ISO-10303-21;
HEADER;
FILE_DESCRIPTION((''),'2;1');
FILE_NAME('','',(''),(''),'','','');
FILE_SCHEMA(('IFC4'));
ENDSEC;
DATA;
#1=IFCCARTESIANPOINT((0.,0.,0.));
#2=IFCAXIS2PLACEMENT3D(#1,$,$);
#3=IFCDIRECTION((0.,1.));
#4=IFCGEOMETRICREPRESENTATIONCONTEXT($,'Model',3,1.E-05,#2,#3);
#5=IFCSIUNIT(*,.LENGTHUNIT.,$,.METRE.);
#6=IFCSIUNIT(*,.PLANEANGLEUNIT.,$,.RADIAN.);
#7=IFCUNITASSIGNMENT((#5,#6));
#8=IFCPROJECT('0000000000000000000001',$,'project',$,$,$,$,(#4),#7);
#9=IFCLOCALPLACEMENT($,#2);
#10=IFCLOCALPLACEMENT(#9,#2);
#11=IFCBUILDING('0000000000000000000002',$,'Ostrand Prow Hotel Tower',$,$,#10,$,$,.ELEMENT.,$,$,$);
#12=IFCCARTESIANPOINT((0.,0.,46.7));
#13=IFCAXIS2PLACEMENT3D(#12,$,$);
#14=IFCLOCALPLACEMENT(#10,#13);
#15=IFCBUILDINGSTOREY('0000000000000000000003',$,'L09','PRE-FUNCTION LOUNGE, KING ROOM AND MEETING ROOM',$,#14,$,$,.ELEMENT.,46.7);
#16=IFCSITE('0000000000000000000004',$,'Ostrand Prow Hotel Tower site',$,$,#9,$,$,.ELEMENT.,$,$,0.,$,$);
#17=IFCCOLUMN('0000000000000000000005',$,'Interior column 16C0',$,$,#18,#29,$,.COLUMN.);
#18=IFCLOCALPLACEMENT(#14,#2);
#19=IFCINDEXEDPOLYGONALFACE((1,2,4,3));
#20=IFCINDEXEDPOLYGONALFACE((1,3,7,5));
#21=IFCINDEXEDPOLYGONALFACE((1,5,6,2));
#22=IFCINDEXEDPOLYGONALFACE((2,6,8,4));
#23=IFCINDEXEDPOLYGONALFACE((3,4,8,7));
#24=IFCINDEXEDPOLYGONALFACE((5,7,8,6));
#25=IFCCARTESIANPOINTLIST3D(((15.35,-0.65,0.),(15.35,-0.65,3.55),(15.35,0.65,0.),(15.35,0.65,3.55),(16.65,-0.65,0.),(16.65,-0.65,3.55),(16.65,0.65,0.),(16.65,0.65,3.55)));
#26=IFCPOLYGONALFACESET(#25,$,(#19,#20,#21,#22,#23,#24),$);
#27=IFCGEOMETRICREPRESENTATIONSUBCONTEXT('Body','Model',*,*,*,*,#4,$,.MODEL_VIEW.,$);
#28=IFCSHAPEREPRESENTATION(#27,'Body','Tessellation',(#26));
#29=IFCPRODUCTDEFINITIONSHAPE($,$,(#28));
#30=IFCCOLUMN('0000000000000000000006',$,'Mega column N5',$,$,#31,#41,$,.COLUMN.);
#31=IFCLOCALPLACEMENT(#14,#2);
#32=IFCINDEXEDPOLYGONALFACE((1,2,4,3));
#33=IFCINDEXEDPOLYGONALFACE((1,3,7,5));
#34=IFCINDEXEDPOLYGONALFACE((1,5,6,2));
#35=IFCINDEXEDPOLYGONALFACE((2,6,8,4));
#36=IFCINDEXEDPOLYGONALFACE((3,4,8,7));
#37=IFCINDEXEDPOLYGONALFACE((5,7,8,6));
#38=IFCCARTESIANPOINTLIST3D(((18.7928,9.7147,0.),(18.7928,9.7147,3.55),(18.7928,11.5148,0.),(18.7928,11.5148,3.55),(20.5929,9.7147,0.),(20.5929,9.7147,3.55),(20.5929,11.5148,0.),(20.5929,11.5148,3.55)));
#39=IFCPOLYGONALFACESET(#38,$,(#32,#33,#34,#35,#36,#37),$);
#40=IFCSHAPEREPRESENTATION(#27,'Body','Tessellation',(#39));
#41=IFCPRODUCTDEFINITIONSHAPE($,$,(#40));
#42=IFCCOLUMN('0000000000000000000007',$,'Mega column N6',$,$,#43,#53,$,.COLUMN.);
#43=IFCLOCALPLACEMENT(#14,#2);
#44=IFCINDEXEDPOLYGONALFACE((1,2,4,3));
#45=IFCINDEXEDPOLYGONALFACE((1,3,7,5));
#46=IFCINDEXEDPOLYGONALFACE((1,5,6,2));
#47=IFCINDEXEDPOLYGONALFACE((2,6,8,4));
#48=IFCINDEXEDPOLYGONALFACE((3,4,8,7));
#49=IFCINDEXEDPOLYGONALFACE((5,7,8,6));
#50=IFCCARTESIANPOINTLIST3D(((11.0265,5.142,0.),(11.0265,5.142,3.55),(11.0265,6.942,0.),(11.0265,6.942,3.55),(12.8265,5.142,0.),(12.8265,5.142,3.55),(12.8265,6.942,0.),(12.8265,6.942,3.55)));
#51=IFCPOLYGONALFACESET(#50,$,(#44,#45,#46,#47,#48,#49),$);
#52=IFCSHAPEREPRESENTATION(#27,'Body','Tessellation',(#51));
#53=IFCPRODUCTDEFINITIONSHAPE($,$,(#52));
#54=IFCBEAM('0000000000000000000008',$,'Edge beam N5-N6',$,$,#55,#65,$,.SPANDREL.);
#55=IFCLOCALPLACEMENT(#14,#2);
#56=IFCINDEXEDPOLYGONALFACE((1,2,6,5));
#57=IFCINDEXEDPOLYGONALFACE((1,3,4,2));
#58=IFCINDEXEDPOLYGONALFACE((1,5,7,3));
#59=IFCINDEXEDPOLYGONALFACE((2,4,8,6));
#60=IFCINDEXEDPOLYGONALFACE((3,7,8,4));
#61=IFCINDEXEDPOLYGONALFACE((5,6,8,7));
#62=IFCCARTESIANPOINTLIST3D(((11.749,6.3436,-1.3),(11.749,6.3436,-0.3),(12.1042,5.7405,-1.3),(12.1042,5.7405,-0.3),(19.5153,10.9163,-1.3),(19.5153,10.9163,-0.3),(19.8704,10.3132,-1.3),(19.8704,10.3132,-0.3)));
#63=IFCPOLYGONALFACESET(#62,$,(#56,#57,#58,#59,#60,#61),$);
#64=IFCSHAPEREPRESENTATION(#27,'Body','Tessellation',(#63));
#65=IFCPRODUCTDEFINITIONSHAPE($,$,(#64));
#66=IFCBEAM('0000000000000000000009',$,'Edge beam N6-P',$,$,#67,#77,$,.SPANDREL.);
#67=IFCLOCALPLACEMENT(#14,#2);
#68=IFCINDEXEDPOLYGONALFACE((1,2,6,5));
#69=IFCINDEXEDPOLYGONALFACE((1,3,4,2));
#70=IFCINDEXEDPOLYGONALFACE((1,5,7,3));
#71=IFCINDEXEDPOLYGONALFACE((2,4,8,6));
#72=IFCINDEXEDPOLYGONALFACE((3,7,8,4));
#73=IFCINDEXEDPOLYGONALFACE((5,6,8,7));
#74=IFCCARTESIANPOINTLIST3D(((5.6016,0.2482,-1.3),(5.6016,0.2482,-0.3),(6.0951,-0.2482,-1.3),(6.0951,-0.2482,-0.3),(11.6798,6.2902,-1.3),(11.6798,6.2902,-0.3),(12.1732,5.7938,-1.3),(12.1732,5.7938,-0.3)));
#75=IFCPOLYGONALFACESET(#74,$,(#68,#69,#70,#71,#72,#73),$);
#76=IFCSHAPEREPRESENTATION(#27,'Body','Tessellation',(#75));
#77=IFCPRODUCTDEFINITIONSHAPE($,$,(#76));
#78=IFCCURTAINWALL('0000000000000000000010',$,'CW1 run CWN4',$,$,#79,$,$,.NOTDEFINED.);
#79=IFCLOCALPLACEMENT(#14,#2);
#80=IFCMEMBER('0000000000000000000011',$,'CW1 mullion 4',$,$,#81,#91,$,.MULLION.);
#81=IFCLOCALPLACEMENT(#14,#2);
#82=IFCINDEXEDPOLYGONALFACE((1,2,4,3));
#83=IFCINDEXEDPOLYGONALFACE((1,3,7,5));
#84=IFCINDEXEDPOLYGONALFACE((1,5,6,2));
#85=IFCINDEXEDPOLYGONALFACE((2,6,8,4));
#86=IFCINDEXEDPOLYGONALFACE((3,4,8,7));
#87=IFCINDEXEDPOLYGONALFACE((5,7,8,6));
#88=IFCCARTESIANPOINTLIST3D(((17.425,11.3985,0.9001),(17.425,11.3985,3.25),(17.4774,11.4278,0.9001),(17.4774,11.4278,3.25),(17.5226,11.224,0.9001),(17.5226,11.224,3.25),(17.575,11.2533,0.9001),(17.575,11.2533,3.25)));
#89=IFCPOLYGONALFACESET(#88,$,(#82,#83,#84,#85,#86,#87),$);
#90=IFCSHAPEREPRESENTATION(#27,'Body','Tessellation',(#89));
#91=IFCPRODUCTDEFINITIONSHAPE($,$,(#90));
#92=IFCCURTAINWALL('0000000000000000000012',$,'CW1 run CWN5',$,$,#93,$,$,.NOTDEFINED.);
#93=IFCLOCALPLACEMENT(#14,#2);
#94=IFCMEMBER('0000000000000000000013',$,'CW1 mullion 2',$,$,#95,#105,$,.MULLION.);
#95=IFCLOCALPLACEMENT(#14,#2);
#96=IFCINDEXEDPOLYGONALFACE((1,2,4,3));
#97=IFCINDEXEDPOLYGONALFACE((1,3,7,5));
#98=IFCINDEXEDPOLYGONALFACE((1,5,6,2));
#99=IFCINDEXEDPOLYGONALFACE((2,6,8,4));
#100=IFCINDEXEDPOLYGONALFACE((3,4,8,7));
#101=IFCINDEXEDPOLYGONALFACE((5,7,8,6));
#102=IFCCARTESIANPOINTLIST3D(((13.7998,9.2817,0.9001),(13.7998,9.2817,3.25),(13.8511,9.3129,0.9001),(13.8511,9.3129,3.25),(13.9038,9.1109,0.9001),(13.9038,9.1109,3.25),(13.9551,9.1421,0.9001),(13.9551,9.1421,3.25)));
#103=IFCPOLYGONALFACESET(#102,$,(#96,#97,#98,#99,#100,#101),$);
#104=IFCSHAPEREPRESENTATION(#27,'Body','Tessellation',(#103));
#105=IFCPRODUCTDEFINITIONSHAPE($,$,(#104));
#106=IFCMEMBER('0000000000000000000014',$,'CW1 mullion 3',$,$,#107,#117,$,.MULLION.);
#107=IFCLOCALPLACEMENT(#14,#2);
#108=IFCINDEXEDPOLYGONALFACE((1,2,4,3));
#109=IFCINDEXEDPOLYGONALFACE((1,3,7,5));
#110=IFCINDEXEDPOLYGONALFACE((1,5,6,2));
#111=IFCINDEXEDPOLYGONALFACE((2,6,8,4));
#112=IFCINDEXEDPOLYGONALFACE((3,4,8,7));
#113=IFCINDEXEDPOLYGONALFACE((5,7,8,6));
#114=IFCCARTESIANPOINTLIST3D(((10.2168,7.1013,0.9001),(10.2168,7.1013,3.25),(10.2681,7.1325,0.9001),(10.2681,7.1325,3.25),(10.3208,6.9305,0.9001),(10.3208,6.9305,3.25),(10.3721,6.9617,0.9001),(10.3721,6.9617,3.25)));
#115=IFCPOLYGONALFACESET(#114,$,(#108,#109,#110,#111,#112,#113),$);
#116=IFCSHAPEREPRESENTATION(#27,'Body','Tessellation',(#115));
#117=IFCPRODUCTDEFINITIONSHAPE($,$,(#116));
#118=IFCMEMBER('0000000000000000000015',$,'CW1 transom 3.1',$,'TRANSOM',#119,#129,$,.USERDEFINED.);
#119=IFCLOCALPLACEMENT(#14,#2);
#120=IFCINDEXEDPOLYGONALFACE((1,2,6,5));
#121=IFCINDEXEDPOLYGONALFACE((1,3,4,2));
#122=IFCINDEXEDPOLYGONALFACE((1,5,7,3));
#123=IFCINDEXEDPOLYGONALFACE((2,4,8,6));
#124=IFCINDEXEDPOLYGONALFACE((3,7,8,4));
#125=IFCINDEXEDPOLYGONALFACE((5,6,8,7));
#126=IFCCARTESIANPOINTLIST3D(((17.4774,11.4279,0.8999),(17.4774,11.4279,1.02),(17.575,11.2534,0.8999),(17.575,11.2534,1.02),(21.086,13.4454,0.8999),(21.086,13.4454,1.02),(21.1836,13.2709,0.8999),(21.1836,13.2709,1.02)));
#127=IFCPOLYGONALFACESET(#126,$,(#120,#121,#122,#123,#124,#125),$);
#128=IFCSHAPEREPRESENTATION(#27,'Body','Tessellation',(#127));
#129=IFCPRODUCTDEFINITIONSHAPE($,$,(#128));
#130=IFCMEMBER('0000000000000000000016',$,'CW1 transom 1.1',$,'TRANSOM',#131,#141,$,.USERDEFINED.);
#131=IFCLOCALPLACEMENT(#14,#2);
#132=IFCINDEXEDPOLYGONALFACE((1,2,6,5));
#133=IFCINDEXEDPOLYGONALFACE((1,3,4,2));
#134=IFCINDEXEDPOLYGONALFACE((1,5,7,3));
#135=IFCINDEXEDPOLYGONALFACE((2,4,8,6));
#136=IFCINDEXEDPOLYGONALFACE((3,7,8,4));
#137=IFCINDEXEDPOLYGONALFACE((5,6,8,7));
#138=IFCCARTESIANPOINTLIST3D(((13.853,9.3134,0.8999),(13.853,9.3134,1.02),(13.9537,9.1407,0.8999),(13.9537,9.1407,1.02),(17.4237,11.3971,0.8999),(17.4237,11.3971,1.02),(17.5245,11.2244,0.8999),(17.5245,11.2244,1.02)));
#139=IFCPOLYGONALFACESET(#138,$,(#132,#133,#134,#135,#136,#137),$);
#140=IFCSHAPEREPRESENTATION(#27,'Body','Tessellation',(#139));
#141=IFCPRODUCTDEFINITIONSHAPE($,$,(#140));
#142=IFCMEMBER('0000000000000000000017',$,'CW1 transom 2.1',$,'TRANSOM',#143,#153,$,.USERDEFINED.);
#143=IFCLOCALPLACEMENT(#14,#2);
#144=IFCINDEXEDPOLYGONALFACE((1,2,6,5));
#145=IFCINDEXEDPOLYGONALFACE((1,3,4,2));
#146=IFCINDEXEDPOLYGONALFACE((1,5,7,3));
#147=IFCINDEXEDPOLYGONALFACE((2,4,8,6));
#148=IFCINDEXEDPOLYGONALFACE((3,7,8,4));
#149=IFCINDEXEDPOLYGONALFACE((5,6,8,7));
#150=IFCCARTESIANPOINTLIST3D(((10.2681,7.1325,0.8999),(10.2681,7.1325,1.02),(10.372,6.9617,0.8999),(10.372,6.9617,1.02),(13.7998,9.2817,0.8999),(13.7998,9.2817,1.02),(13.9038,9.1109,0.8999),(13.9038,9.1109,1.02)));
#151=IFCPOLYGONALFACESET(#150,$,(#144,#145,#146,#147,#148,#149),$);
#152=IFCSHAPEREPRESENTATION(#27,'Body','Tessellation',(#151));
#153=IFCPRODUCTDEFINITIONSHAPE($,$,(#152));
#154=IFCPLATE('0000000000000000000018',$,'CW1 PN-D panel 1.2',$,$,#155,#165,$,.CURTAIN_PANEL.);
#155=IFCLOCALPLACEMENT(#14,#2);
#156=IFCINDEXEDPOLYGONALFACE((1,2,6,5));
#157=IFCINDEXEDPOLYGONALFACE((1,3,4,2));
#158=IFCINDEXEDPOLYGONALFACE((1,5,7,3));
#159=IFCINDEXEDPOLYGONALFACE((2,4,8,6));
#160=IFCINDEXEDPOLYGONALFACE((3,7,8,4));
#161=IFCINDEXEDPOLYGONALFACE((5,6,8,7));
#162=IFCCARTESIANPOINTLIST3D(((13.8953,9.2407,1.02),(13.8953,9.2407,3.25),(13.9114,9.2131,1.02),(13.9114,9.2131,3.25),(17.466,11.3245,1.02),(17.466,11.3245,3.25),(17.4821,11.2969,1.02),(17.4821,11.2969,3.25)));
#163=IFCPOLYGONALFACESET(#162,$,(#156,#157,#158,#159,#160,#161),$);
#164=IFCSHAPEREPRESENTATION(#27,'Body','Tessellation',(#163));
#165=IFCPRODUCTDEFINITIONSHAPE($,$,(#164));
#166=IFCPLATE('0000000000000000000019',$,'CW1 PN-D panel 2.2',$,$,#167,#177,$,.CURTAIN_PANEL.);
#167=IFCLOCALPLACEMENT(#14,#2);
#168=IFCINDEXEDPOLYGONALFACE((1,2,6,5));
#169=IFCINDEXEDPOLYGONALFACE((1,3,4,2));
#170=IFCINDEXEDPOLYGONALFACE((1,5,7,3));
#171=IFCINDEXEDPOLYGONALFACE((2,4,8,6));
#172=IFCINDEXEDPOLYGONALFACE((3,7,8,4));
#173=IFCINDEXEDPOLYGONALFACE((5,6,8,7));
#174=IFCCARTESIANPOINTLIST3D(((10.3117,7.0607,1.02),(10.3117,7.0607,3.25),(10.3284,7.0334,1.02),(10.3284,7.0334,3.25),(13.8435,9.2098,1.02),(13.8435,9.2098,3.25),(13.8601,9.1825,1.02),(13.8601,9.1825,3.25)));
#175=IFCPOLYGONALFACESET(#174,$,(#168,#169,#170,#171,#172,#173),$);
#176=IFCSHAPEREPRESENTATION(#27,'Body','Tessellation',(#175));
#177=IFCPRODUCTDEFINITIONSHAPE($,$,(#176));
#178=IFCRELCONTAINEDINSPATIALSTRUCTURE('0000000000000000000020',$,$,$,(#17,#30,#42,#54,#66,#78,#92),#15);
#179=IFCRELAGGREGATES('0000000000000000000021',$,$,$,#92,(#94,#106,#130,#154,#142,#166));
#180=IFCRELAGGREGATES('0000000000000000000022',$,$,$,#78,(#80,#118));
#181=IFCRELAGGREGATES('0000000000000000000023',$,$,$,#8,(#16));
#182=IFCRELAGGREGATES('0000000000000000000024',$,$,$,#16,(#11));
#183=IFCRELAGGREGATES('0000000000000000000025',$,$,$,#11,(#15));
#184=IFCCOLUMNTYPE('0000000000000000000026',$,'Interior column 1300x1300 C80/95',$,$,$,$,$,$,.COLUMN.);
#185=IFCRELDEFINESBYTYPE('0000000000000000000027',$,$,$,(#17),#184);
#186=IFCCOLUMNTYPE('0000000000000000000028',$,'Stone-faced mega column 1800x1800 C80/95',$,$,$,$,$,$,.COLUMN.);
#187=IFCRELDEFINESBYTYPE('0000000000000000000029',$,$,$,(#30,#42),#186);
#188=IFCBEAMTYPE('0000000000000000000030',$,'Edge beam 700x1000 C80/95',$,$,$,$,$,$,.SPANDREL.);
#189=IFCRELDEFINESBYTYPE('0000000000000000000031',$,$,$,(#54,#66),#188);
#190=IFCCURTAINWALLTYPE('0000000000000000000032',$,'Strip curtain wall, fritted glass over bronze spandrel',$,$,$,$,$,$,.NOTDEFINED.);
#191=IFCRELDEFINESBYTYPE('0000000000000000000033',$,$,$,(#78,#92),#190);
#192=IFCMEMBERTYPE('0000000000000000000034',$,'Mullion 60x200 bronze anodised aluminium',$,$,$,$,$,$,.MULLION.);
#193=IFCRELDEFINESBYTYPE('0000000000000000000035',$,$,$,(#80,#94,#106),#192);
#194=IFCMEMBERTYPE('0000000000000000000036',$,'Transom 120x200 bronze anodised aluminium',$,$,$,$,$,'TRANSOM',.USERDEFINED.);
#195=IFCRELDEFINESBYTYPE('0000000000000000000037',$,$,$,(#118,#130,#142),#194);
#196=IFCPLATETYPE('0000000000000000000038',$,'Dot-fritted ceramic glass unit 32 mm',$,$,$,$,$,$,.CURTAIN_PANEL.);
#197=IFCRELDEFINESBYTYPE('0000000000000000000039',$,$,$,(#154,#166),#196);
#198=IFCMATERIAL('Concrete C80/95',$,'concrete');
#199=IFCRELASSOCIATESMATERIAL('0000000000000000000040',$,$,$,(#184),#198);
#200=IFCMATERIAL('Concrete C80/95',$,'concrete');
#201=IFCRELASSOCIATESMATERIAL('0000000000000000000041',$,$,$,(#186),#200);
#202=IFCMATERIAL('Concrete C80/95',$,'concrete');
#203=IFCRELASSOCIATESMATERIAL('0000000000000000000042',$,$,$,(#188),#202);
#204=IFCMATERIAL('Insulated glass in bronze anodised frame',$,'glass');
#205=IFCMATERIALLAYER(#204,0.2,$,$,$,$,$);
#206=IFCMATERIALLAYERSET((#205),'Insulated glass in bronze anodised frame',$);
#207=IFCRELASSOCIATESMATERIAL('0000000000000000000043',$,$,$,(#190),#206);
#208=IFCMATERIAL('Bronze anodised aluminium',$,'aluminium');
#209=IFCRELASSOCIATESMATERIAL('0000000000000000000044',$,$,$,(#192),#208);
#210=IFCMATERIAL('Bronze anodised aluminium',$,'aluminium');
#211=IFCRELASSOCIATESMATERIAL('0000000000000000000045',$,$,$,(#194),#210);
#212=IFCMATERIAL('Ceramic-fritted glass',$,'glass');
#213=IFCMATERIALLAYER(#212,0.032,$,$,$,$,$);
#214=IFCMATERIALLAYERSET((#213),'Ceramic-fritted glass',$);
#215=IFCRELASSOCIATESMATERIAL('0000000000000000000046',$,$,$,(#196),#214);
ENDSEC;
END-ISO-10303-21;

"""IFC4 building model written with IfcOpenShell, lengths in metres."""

from ifc_helpers import new_model, si_unit, direction, frame, origin, origin_2d, place, context, subcontext, project, spatial, rectangle, extrude, material, layer, layer_set, material_profile, profile_set, type_object, element, aggregate, save


model = new_model("IFC4")

# Units and contexts
model_context = context("Model", 3, precision=1e-05, world=origin(), true_north=direction((0.0, 1.0)))
body_context = subcontext(model_context, "Body", "Model", "MODEL_VIEW")
ifc_project = project(units=[si_unit("LENGTHUNIT", "METRE"), si_unit("PLANEANGLEUNIT", "RADIAN")], contexts=[model_context])

# Site, building, storey
site_placement = place(None, origin())
site = spatial("IfcSite", under=ifc_project, at=site_placement, Name="Ostrand Prow Hotel Tower site", CompositionType="ELEMENT", RefElevation=0.0)
building_placement = place(site_placement, origin())
building = spatial("IfcBuilding", under=site, at=building_placement, Name="Ostrand Prow Hotel Tower", CompositionType="ELEMENT")
storey_placement = place(building_placement, frame((0.0, 0.0, 46.7)))
storey = spatial("IfcBuildingStorey", under=building, at=storey_placement, Name="L09", Description="PRE-FUNCTION LOUNGE, KING ROOM AND MEETING ROOM", CompositionType="ELEMENT", Elevation=46.7)

# Columns
ifc_material_1 = material(Name="Concrete C80/95", Category="concrete")
ifc_material_profile_1 = material_profile(ifc_material_1, rectangle(XDim=1.3, YDim=1.3, at=origin_2d()), Name="RC 1300x1300")
ifc_profile_set_1 = profile_set([ifc_material_profile_1], Name="Concrete C80/95")
column_type_1 = type_object("IfcColumnType", Name="Interior column 1300x1300 C80/95", PredefinedType="COLUMN", material=ifc_profile_set_1)
column_placement = place(storey_placement, frame((16.0, 0.0, 0.0), z_axis=(0.0, 0.0, 1.0), x_axis=(1.0, 0.0, 0.0)))
element("IfcColumn", 1, at=column_placement, inside=storey, type_object=column_type_1, Name="Interior column 16C0", PredefinedType="COLUMN", context=body_context, shape_type="SweptSolid", body=[
    extrude(rectangle(XDim=1.3, YDim=1.3, at=origin_2d()), origin(), (0.0, 0.0, 1.0), 3.55),
])
ifc_material_2 = material(Name="Concrete C80/95", Category="concrete")
ifc_material_profile_2 = material_profile(ifc_material_2, rectangle(XDim=1.8, YDim=1.8, at=origin_2d()), Name="RC 1800x1800")
ifc_profile_set_2 = profile_set([ifc_material_profile_2], Name="Concrete C80/95")
column_type_2 = type_object("IfcColumnType", Name="Stone-faced mega column 1800x1800 C80/95", PredefinedType="COLUMN", material=ifc_profile_set_2)
for number, where, z_axis, x_axis, name in (
    (2, (19.6929, 10.6147, 0.0), (0.0, 0.0, 1.0), (1.0, 0.0, 0.0), "Mega column N5"),
    (3, (11.9265, 6.042, 0.0), (0.0, 0.0, 1.0), (1.0, 0.0, 0.0), "Mega column N6"),
):
    element("IfcColumn", number, at=place(storey_placement, frame(where, z_axis=z_axis, x_axis=x_axis)), inside=storey, type_object=column_type_2, Name=name, PredefinedType="COLUMN", context=body_context, shape_type="SweptSolid", body=[
        extrude(rectangle(XDim=1.8, YDim=1.8, at=origin_2d()), origin(), (0.0, 0.0, 1.0), 3.55),
    ])

# Beams
ifc_material_3 = material(Name="Concrete C80/95", Category="concrete")
ifc_material_profile_3 = material_profile(ifc_material_3, rectangle(XDim=0.7, YDim=1.0, at=origin_2d()), Name="RC 700x1000")
ifc_profile_set_3 = profile_set([ifc_material_profile_3], Name="Concrete C80/95")
beam_type = type_object("IfcBeamType", Name="Edge beam 700x1000 C80/95", PredefinedType="SPANDREL", material=ifc_profile_set_3)
beam_1_placement = place(storey_placement, frame((19.6929, 10.6147, -0.8), z_axis=(-0.861725, -0.507375, 0.0), x_axis=(0.507375, -0.861725, 0.0)))
element("IfcBeam", 4, at=beam_1_placement, inside=storey, type_object=beam_type, Name="Edge beam N5-N6", PredefinedType="SPANDREL", context=body_context, shape_type="SweptSolid", body=[
    extrude(rectangle(XDim=0.7, YDim=1.0, at=origin_2d()), origin(), (0.0, 0.0, 1.0), 9.0125),
])
beam_2_placement = place(storey_placement, frame((11.9265, 6.042, -0.8), z_axis=(-0.709212, -0.704996, 0.0), x_axis=(0.704996, -0.709212, 0.0)))
element("IfcBeam", 5, at=beam_2_placement, inside=storey, type_object=beam_type, Name="Edge beam N6-P", PredefinedType="SPANDREL", context=body_context, shape_type="SweptSolid", body=[
    extrude(rectangle(XDim=0.7, YDim=1.0, at=origin_2d()), origin(), (0.0, 0.0, 1.0), 8.5703),
])

# Curtain wall, member
ifc_material_4 = material(Name="Insulated glass in bronze anodised frame", Category="glass")
ifc_layer_1 = layer(ifc_material_4, 0.2)
ifc_layer_set_1 = layer_set([ifc_layer_1], Name="Insulated glass in bronze anodised frame")
curtain_wall_type = type_object("IfcCurtainWallType", Name="Strip curtain wall, fritted glass over bronze spandrel", PredefinedType="NOTDEFINED", material=ifc_layer_set_1)
curtain_wall_1_placement = place(storey_placement, origin())
curtain_wall_1 = element("IfcCurtainWall", 6, at=curtain_wall_1_placement, inside=storey, type_object=curtain_wall_type, Name="CW1 run CWN4", PredefinedType="NOTDEFINED")
ifc_material_5 = material(Name="Bronze anodised aluminium", Category="aluminium")
ifc_material_profile_4 = material_profile(ifc_material_5, rectangle(XDim=0.2, YDim=0.0601, at=origin_2d()), Name="Mullion 60x200 bronze anodised aluminium")
ifc_profile_set_4 = profile_set([ifc_material_profile_4], Name="Bronze anodised aluminium")
member_type_1 = type_object("IfcMemberType", Name="Mullion 60x200 bronze anodised aluminium", PredefinedType="MULLION", material=ifc_profile_set_4)
member_1_placement = place(storey_placement, frame((17.5, 11.3259, 0.9001), z_axis=(0.0, 0.0, 1.0), x_axis=(0.488044, -0.872819, 0.0)))
member_1 = element("IfcMember", 7, at=member_1_placement, type_object=member_type_1, Name="CW1 mullion 4", PredefinedType="MULLION", context=body_context, shape_type="SweptSolid", body=[
    extrude(rectangle(XDim=0.2, YDim=0.0601, at=origin_2d()), origin(), (0.0, 0.0, 1.0), 2.3499),
])

# Curtain wall, members
curtain_wall_2_placement = place(storey_placement, origin())
curtain_wall_2 = element("IfcCurtainWall", 8, at=curtain_wall_2_placement, inside=storey, type_object=curtain_wall_type, Name="CW1 run CWN5", PredefinedType="NOTDEFINED")
member_2_placement = place(storey_placement, frame((13.8774, 9.2119, 0.9001), z_axis=(0.0, 0.0, 1.0), x_axis=(0.519831, -0.854269, 0.0)))
member_2 = element("IfcMember", 9, at=member_2_placement, type_object=member_type_1, Name="CW1 mullion 2", PredefinedType="MULLION", context=body_context, shape_type="SweptSolid", body=[
    extrude(rectangle(XDim=0.2, YDim=0.0601, at=origin_2d()), origin(), (0.0, 0.0, 1.0), 2.3499),
])
member_3_placement = place(storey_placement, frame((10.2944, 7.0315, 0.9001), z_axis=(0.0, 0.0, 1.0), x_axis=(0.519831, -0.854269, 0.0)))
member_3 = element("IfcMember", 10, at=member_3_placement, type_object=member_type_1, Name="CW1 mullion 3", PredefinedType="MULLION", context=body_context, shape_type="SweptSolid", body=[
    extrude(rectangle(XDim=0.2, YDim=0.0601, at=origin_2d()), origin(), (0.0, 0.0, 1.0), 2.3499),
])

# Members
ifc_material_6 = material(Name="Bronze anodised aluminium", Category="aluminium")
ifc_material_profile_5 = material_profile(ifc_material_6, rectangle(XDim=0.2, YDim=0.1201, at=origin_2d()), Name="Transom 120x200 bronze anodised aluminium")
ifc_profile_set_5 = profile_set([ifc_material_profile_5], Name="Bronze anodised aluminium")
member_type_2 = type_object("IfcMemberType", Name="Transom 120x200 bronze anodised aluminium", ElementType="TRANSOM", PredefinedType="USERDEFINED", material=ifc_profile_set_5)
member_4_placement = place(storey_placement, frame((21.1348, 13.3582, 0.96), z_axis=(-0.872842, -0.488003, 0.0), x_axis=(0.488003, -0.872842, 0.0)))
member_4 = element("IfcMember", 11, at=member_4_placement, type_object=member_type_2, Name="CW1 transom 3.1", ObjectType="TRANSOM", PredefinedType="USERDEFINED", context=body_context, shape_type="SweptSolid", body=[
    extrude(rectangle(XDim=0.2, YDim=0.1201, at=origin_2d()), origin(), (0.0, 0.0, 1.0), 4.1343),
])
member_5_placement = place(storey_placement, frame((17.4741, 11.3108, 0.96), z_axis=(-0.863698, -0.504011, 0.0), x_axis=(0.504011, -0.863698, 0.0)))
member_5 = element("IfcMember", 12, at=member_5_placement, type_object=member_type_2, Name="CW1 transom 1.1", ObjectType="TRANSOM", PredefinedType="USERDEFINED", context=body_context, shape_type="SweptSolid", body=[
    extrude(rectangle(XDim=0.2, YDim=0.1201, at=origin_2d()), origin(), (0.0, 0.0, 1.0), 4.1343),
])
member_6_placement = place(storey_placement, frame((13.8518, 9.1963, 0.96), z_axis=(-0.854261, -0.519844, 0.0), x_axis=(0.519844, -0.854261, 0.0)))
member_6 = element("IfcMember", 13, at=member_6_placement, type_object=member_type_2, Name="CW1 transom 2.1", ObjectType="TRANSOM", PredefinedType="USERDEFINED", context=body_context, shape_type="SweptSolid", body=[
    extrude(rectangle(XDim=0.2, YDim=0.1201, at=origin_2d()), origin(), (0.0, 0.0, 1.0), 4.1343),
])

# Plates
ifc_material_7 = material(Name="Ceramic-fritted glass", Category="glass")
ifc_layer_2 = layer(ifc_material_7, 0.032)
ifc_layer_set_2 = layer_set([ifc_layer_2], Name="Ceramic-fritted glass")
plate_type_1 = type_object("IfcPlateType", Name="Dot-fritted ceramic glass unit 32 mm", PredefinedType="CURTAIN_PANEL", material=ifc_layer_set_2)
plate_1_placement = place(storey_placement, frame((15.6887, 10.2688, 1.02), z_axis=(0.0, 0.0, 1.0), x_axis=(-0.86369, -0.504023, 0.0)))
plate_1 = element("IfcPlate", 14, at=plate_1_placement, type_object=plate_type_1, Name="CW1 PN-D panel 1.2", PredefinedType="CURTAIN_PANEL", context=body_context, shape_type="SweptSolid", body=[
    extrude(rectangle(XDim=4.1343, YDim=0.032, at=origin_2d()), origin(), (0.0, 0.0, 1.0), 2.23),
])
plate_2_placement = place(storey_placement, frame((12.0859, 8.1216, 1.02), z_axis=(0.0, 0.0, 1.0), x_axis=(-0.854269, -0.519831, 0.0)))
plate_2 = element("IfcPlate", 15, at=plate_2_placement, type_object=plate_type_1, Name="CW1 PN-D panel 2.2", PredefinedType="CURTAIN_PANEL", context=body_context, shape_type="SweptSolid", body=[
    extrude(rectangle(XDim=4.1343, YDim=0.032, at=origin_2d()), origin(), (0.0, 0.0, 1.0), 2.23),
])
aggregate(curtain_wall_2, [member_2, member_3, member_5, plate_1, member_6, plate_2])
aggregate(curtain_wall_1, [member_1, member_4])

save(model, "model.ifc")
